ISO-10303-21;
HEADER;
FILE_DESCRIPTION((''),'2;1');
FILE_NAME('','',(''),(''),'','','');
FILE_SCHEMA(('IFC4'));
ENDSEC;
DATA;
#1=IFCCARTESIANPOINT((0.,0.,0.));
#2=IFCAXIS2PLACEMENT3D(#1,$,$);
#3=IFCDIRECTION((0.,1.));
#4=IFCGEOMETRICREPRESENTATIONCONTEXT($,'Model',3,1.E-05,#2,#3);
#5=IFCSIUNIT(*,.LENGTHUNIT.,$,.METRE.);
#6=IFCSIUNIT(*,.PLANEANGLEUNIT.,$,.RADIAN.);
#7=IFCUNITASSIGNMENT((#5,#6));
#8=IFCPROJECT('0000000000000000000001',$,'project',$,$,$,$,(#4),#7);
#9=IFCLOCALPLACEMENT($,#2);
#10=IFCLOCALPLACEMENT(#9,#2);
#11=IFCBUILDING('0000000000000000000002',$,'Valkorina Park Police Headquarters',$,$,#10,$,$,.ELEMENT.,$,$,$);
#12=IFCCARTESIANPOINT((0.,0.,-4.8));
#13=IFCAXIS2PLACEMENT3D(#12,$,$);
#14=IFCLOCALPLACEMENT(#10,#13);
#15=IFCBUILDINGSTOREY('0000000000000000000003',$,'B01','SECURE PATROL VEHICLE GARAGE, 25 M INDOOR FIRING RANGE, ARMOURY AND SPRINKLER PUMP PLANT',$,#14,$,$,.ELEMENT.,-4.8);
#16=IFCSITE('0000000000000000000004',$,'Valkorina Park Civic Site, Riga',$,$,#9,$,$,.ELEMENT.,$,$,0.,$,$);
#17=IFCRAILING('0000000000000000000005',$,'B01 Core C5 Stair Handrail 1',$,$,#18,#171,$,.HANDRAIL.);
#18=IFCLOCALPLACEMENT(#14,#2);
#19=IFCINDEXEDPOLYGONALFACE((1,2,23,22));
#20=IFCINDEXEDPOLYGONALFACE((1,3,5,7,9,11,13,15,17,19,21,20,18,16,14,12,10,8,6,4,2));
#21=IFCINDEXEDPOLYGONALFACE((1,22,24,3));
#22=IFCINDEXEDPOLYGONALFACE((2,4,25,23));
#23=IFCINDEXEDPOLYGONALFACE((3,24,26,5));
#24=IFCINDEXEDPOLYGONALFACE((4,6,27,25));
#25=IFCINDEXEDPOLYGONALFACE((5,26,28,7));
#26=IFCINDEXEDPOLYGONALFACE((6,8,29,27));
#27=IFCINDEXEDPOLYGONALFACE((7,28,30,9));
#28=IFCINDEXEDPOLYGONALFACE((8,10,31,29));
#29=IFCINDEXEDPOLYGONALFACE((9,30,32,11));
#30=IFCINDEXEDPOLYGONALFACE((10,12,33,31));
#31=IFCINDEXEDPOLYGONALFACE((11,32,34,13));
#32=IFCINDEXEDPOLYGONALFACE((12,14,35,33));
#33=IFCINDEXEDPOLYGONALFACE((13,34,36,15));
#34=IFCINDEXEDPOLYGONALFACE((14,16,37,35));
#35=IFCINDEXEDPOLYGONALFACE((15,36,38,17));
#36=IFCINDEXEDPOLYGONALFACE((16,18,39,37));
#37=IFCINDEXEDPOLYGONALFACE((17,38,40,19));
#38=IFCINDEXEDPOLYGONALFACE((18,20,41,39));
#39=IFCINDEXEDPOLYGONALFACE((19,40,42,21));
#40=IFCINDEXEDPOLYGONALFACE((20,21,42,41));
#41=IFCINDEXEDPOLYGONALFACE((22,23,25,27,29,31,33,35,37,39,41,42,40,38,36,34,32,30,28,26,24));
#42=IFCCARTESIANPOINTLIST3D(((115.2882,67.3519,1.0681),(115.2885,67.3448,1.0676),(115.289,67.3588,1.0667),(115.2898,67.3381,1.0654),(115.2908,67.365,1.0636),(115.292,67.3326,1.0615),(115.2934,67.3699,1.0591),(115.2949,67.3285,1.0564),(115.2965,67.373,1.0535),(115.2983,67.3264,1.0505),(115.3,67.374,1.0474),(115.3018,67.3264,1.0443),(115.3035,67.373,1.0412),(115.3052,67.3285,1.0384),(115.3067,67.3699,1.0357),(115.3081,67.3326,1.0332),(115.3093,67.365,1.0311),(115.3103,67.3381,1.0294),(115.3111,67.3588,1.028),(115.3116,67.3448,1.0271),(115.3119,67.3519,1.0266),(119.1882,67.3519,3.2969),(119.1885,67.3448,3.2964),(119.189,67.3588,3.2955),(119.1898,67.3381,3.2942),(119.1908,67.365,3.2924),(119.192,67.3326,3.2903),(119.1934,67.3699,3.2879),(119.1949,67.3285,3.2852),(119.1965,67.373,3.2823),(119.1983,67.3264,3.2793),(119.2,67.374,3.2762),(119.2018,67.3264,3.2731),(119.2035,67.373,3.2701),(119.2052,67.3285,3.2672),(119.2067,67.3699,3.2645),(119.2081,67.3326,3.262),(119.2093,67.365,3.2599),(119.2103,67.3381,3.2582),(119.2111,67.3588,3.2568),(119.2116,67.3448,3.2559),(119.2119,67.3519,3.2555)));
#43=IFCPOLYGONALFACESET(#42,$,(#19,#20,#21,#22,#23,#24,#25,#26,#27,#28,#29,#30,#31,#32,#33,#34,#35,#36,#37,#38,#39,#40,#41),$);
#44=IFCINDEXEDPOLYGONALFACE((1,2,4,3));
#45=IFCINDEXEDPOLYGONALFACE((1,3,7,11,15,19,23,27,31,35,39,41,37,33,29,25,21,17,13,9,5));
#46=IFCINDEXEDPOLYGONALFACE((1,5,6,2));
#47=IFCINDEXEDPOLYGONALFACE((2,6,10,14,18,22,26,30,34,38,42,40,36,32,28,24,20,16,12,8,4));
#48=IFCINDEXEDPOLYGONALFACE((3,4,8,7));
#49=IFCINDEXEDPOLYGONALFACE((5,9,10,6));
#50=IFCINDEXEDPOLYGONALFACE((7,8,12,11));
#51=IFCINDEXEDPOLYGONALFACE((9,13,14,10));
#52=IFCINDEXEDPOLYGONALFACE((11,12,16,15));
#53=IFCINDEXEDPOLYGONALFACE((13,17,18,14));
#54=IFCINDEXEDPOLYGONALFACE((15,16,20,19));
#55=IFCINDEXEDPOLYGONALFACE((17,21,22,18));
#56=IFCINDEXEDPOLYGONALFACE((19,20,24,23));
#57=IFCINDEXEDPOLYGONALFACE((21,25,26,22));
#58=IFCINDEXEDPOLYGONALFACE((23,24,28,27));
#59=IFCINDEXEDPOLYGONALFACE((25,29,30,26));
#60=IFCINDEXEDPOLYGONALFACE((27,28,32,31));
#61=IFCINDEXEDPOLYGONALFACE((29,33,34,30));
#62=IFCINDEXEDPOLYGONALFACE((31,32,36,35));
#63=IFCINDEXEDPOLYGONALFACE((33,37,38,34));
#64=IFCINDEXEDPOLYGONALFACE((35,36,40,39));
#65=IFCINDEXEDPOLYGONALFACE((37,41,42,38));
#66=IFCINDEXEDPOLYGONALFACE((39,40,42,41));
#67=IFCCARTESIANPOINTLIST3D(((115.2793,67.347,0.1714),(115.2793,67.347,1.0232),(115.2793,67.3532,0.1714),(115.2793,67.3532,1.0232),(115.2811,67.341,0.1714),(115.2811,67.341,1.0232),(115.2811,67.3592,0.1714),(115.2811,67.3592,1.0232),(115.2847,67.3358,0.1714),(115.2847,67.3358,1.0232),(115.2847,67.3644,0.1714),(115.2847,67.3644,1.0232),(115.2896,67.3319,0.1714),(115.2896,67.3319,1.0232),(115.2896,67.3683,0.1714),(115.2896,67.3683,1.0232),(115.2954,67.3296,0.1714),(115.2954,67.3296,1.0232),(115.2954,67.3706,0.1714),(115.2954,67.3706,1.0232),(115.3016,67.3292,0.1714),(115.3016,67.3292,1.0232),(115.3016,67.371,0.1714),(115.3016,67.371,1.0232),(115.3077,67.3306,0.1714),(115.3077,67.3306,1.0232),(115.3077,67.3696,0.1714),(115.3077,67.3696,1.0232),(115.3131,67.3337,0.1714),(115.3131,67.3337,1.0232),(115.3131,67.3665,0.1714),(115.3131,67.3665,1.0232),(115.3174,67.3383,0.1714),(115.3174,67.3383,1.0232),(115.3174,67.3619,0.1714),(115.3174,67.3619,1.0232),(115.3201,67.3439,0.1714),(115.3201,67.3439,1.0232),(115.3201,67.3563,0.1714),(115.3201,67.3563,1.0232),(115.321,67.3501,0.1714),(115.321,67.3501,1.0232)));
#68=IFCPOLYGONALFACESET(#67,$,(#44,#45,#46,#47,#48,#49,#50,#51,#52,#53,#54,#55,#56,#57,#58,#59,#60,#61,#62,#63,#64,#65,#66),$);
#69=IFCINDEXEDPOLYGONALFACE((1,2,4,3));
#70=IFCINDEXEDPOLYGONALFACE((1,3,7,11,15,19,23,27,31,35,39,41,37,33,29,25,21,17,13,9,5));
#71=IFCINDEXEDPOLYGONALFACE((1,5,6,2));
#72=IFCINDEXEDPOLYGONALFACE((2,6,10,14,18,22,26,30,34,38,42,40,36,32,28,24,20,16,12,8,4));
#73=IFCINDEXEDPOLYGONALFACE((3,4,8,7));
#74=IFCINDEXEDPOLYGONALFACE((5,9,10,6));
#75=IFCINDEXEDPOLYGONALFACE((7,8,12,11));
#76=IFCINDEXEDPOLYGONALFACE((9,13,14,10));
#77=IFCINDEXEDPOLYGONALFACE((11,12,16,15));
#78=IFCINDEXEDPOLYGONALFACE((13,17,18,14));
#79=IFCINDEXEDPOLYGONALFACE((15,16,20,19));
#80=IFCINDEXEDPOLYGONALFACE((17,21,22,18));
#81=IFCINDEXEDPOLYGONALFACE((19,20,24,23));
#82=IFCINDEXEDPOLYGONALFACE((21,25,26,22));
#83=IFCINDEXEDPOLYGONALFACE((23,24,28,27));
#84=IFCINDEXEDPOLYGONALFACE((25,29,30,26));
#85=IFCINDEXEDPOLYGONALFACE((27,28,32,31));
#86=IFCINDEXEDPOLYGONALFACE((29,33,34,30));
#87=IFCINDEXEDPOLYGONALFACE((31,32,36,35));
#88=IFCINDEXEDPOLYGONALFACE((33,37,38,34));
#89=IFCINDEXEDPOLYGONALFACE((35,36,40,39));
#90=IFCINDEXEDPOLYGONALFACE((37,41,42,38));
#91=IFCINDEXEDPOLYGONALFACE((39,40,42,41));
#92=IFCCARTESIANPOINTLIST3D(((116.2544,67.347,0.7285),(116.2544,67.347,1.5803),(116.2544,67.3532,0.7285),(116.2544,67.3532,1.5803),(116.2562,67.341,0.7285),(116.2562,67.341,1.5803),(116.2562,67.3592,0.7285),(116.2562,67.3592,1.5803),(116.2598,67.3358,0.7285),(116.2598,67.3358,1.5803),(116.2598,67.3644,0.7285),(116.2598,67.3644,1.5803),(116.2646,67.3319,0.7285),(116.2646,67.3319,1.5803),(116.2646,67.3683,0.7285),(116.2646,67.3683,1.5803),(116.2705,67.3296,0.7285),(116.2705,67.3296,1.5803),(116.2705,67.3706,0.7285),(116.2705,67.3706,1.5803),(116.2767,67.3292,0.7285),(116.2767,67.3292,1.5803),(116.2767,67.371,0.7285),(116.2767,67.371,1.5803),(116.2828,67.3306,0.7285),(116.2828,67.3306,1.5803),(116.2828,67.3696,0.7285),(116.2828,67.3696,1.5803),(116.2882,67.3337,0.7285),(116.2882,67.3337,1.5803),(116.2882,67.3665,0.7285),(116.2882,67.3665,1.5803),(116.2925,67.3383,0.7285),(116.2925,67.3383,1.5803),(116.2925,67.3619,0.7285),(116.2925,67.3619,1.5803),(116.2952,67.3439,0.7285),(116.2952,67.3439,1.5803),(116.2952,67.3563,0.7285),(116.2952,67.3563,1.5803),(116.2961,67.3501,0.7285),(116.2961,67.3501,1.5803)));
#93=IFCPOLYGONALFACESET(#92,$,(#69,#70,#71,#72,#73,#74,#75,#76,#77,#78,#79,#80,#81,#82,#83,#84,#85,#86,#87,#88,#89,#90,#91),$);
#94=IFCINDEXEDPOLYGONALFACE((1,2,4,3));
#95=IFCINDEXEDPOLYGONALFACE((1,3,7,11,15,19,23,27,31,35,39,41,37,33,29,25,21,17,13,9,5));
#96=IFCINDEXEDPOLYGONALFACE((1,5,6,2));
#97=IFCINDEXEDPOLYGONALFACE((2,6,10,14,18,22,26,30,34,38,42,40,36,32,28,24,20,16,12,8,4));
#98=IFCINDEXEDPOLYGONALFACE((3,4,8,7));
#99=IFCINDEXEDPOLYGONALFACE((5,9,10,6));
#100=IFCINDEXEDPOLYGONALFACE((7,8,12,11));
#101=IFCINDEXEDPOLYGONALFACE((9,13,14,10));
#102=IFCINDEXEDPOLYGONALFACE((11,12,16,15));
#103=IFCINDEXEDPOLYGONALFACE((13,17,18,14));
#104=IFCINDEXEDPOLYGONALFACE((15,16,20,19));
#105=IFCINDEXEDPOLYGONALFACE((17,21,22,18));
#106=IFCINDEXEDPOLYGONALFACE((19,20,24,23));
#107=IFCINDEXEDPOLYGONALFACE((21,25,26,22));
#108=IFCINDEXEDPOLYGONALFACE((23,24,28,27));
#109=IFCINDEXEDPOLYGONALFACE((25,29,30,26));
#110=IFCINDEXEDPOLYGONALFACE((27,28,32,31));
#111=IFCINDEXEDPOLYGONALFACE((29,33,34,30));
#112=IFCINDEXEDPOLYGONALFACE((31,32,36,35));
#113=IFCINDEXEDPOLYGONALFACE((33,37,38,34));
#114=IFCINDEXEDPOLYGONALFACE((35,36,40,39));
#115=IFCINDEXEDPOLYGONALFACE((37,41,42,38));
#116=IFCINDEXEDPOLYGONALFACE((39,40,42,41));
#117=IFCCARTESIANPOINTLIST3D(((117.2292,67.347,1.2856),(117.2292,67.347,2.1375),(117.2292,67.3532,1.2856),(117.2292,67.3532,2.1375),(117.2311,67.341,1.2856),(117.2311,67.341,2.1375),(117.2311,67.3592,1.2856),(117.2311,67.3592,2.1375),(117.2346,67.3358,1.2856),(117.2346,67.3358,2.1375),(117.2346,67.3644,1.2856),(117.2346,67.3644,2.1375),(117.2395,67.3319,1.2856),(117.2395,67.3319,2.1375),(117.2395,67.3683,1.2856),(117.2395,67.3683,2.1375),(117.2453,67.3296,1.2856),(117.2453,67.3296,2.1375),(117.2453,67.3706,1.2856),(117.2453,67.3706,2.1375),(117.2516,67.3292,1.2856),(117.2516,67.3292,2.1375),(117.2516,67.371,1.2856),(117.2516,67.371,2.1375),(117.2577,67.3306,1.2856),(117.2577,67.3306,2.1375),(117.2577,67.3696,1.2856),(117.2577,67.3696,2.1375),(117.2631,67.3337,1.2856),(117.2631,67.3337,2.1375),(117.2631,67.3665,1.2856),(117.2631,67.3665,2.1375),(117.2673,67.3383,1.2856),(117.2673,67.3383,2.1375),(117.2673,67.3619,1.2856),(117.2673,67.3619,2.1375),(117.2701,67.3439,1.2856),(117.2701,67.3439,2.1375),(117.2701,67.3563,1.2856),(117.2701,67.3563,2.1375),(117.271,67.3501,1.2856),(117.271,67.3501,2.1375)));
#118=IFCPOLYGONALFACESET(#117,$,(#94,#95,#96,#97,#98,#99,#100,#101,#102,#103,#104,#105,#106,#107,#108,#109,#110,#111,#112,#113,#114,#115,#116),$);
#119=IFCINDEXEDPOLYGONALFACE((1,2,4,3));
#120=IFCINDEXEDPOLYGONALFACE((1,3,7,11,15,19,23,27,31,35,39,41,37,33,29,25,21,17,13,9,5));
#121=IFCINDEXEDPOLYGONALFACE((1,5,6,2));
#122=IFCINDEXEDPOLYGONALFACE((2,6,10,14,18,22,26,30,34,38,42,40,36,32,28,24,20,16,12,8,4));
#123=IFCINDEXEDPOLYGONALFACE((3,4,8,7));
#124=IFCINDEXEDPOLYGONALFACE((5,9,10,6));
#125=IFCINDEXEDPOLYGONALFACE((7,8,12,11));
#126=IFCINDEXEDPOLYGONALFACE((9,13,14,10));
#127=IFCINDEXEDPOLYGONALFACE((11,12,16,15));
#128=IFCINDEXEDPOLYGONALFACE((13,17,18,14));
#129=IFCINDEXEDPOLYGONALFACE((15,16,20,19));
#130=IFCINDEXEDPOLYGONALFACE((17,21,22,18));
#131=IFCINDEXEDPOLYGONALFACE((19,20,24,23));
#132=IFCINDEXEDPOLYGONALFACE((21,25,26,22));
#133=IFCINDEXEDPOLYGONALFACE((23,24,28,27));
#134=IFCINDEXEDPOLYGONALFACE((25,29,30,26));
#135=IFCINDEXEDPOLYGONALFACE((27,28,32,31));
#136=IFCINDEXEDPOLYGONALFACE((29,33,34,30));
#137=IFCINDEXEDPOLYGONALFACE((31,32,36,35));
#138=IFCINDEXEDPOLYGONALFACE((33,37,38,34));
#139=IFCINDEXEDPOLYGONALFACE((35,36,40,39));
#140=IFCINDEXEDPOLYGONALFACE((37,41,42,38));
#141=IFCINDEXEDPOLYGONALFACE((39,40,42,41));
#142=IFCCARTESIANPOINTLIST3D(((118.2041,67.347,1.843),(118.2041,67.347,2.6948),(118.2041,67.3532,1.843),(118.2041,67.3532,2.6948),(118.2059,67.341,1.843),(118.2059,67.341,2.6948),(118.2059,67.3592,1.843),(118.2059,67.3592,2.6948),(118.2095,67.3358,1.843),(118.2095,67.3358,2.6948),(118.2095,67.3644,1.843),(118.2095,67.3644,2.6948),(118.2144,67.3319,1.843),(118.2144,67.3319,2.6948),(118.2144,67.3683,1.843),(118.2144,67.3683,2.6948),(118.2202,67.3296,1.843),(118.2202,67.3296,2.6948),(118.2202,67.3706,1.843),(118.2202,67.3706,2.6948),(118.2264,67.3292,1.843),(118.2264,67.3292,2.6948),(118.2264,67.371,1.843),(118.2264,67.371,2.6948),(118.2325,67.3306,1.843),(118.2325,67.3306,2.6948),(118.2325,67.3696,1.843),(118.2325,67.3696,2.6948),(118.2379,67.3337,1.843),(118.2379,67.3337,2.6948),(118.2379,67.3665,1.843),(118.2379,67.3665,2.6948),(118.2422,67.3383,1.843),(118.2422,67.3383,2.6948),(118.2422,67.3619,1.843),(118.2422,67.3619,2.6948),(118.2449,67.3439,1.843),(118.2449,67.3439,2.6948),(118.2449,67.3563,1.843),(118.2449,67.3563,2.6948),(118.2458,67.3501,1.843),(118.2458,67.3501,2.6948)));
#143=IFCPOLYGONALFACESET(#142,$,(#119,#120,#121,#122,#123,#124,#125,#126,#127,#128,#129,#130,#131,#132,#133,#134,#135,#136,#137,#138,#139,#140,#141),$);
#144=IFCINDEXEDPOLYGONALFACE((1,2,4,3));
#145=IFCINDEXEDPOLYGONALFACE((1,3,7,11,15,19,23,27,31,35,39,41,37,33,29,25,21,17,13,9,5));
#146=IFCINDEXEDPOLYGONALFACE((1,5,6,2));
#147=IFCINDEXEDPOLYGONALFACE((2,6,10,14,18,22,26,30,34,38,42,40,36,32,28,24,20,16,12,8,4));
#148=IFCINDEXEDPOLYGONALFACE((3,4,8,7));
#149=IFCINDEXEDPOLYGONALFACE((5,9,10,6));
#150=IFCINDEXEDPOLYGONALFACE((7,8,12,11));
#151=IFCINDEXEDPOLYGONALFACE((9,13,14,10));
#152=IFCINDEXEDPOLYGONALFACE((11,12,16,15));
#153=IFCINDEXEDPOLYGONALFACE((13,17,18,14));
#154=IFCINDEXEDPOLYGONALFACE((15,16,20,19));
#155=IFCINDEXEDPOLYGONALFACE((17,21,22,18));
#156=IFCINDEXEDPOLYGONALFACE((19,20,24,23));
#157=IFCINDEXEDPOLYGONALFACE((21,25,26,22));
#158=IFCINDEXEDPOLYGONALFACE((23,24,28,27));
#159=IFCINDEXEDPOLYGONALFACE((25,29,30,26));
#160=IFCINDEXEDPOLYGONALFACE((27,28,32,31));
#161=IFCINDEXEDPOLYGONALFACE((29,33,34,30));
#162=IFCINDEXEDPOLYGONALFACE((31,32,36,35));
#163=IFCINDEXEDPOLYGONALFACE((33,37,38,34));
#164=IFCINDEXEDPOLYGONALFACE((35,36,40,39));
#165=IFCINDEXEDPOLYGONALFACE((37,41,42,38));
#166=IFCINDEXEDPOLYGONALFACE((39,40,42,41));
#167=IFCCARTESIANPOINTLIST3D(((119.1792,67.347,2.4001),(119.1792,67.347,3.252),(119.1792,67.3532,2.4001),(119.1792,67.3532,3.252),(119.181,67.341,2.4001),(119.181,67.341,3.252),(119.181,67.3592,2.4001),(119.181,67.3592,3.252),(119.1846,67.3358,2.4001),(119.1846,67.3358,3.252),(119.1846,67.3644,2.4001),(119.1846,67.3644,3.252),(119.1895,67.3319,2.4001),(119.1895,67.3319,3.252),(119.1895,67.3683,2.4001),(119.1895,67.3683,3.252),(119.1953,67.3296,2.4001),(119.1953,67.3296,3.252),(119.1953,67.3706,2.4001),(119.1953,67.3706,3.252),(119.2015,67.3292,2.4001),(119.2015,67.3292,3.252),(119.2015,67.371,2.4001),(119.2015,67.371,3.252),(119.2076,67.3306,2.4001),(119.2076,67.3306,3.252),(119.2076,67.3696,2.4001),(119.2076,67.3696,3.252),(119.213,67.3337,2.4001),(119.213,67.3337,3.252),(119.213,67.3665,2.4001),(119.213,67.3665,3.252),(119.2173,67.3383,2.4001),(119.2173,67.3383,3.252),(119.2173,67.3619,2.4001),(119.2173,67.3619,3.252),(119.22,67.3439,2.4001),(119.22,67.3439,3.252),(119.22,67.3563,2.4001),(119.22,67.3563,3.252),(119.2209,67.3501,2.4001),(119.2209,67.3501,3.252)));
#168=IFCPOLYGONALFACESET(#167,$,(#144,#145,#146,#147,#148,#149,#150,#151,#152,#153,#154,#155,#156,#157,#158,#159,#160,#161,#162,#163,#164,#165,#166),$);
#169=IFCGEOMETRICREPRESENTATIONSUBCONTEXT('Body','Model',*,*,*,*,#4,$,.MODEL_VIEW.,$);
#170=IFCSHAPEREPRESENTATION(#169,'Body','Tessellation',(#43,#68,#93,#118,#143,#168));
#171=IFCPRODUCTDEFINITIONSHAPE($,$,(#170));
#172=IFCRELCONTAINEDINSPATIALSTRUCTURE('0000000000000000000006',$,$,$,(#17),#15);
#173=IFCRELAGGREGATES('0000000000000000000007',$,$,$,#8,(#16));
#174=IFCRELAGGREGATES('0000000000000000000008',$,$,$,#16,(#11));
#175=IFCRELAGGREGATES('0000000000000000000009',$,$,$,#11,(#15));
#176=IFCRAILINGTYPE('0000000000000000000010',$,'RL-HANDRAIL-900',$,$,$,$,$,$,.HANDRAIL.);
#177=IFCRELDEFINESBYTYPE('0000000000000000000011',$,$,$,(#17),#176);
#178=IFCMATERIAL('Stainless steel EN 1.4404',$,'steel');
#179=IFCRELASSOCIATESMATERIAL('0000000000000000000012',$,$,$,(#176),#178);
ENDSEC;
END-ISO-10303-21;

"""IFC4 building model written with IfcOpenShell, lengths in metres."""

from ifc_helpers import new_model, si_unit, direction, frame, origin, origin_2d, place, context, subcontext, project, spatial, circle, extrude, material, type_object, element, save


model = new_model("IFC4")

# Units and contexts
model_context = context("Model", 3, precision=1e-05, world=origin(), true_north=direction((0.0, 1.0)))
body_context = subcontext(model_context, "Body", "Model", "MODEL_VIEW")
ifc_project = project(units=[si_unit("LENGTHUNIT", "METRE"), si_unit("PLANEANGLEUNIT", "RADIAN")], contexts=[model_context])

# Site, building, storey
site_placement = place(None, origin())
site = spatial("IfcSite", under=ifc_project, at=site_placement, Name="Valkorina Park Civic Site, Riga", CompositionType="ELEMENT", RefElevation=0.0)
building_placement = place(site_placement, origin())
building = spatial("IfcBuilding", under=site, at=building_placement, Name="Valkorina Park Police Headquarters", CompositionType="ELEMENT")
storey_placement = place(building_placement, frame((0.0, 0.0, -4.8)))
storey = spatial("IfcBuildingStorey", under=building, at=storey_placement, Name="B01", Description="SECURE PATROL VEHICLE GARAGE, 25 M INDOOR FIRING RANGE, ARMOURY AND SPRINKLER PUMP PLANT", CompositionType="ELEMENT", Elevation=-4.8)

# Railing
ifc_material_1 = material(Name="Stainless steel EN 1.4404", Category="steel")
railing_type_1 = type_object("IfcRailingType", Name="RL-HANDRAIL-900", PredefinedType="HANDRAIL", material=ifc_material_1)
railing_1_placement = place(storey_placement, frame((115.3, 67.3501, 0.1714)))
element("IfcRailing", 1, at=railing_1_placement, inside=storey, type_object=railing_type_1, Name="B01 Core C5 Stair Handrail 1", PredefinedType="HANDRAIL", context=body_context, shape_type="SweptSolid", body=[
    extrude(circle(Radius=0.0239, at=origin_2d()), frame((0.0, 0.0, 0.876), z_axis=(0.86822, 0.0, 0.49618), x_axis=(0.0, 1.0, 0.0)), (0.0, 0.0, 1.0), 4.4919),
    extrude(circle(Radius=0.021, at=origin_2d()), origin(), (0.0, 0.0, 1.0), 0.8518),
    extrude(circle(Radius=0.021, at=origin_2d()), frame((0.9751, 0.0, 0.5571)), (0.0, 0.0, 1.0), 0.8518),
    extrude(circle(Radius=0.021, at=origin_2d()), frame((1.95, 0.0, 1.1143)), (0.0, 0.0, 1.0), 0.8518),
    extrude(circle(Radius=0.021, at=origin_2d()), frame((2.9248, 0.0, 1.6716)), (0.0, 0.0, 1.0), 0.8518),
    extrude(circle(Radius=0.021, at=origin_2d()), frame((3.8999, 0.0, 2.2288)), (0.0, 0.0, 1.0), 0.8518),
])

save(model, "model.ifc")
